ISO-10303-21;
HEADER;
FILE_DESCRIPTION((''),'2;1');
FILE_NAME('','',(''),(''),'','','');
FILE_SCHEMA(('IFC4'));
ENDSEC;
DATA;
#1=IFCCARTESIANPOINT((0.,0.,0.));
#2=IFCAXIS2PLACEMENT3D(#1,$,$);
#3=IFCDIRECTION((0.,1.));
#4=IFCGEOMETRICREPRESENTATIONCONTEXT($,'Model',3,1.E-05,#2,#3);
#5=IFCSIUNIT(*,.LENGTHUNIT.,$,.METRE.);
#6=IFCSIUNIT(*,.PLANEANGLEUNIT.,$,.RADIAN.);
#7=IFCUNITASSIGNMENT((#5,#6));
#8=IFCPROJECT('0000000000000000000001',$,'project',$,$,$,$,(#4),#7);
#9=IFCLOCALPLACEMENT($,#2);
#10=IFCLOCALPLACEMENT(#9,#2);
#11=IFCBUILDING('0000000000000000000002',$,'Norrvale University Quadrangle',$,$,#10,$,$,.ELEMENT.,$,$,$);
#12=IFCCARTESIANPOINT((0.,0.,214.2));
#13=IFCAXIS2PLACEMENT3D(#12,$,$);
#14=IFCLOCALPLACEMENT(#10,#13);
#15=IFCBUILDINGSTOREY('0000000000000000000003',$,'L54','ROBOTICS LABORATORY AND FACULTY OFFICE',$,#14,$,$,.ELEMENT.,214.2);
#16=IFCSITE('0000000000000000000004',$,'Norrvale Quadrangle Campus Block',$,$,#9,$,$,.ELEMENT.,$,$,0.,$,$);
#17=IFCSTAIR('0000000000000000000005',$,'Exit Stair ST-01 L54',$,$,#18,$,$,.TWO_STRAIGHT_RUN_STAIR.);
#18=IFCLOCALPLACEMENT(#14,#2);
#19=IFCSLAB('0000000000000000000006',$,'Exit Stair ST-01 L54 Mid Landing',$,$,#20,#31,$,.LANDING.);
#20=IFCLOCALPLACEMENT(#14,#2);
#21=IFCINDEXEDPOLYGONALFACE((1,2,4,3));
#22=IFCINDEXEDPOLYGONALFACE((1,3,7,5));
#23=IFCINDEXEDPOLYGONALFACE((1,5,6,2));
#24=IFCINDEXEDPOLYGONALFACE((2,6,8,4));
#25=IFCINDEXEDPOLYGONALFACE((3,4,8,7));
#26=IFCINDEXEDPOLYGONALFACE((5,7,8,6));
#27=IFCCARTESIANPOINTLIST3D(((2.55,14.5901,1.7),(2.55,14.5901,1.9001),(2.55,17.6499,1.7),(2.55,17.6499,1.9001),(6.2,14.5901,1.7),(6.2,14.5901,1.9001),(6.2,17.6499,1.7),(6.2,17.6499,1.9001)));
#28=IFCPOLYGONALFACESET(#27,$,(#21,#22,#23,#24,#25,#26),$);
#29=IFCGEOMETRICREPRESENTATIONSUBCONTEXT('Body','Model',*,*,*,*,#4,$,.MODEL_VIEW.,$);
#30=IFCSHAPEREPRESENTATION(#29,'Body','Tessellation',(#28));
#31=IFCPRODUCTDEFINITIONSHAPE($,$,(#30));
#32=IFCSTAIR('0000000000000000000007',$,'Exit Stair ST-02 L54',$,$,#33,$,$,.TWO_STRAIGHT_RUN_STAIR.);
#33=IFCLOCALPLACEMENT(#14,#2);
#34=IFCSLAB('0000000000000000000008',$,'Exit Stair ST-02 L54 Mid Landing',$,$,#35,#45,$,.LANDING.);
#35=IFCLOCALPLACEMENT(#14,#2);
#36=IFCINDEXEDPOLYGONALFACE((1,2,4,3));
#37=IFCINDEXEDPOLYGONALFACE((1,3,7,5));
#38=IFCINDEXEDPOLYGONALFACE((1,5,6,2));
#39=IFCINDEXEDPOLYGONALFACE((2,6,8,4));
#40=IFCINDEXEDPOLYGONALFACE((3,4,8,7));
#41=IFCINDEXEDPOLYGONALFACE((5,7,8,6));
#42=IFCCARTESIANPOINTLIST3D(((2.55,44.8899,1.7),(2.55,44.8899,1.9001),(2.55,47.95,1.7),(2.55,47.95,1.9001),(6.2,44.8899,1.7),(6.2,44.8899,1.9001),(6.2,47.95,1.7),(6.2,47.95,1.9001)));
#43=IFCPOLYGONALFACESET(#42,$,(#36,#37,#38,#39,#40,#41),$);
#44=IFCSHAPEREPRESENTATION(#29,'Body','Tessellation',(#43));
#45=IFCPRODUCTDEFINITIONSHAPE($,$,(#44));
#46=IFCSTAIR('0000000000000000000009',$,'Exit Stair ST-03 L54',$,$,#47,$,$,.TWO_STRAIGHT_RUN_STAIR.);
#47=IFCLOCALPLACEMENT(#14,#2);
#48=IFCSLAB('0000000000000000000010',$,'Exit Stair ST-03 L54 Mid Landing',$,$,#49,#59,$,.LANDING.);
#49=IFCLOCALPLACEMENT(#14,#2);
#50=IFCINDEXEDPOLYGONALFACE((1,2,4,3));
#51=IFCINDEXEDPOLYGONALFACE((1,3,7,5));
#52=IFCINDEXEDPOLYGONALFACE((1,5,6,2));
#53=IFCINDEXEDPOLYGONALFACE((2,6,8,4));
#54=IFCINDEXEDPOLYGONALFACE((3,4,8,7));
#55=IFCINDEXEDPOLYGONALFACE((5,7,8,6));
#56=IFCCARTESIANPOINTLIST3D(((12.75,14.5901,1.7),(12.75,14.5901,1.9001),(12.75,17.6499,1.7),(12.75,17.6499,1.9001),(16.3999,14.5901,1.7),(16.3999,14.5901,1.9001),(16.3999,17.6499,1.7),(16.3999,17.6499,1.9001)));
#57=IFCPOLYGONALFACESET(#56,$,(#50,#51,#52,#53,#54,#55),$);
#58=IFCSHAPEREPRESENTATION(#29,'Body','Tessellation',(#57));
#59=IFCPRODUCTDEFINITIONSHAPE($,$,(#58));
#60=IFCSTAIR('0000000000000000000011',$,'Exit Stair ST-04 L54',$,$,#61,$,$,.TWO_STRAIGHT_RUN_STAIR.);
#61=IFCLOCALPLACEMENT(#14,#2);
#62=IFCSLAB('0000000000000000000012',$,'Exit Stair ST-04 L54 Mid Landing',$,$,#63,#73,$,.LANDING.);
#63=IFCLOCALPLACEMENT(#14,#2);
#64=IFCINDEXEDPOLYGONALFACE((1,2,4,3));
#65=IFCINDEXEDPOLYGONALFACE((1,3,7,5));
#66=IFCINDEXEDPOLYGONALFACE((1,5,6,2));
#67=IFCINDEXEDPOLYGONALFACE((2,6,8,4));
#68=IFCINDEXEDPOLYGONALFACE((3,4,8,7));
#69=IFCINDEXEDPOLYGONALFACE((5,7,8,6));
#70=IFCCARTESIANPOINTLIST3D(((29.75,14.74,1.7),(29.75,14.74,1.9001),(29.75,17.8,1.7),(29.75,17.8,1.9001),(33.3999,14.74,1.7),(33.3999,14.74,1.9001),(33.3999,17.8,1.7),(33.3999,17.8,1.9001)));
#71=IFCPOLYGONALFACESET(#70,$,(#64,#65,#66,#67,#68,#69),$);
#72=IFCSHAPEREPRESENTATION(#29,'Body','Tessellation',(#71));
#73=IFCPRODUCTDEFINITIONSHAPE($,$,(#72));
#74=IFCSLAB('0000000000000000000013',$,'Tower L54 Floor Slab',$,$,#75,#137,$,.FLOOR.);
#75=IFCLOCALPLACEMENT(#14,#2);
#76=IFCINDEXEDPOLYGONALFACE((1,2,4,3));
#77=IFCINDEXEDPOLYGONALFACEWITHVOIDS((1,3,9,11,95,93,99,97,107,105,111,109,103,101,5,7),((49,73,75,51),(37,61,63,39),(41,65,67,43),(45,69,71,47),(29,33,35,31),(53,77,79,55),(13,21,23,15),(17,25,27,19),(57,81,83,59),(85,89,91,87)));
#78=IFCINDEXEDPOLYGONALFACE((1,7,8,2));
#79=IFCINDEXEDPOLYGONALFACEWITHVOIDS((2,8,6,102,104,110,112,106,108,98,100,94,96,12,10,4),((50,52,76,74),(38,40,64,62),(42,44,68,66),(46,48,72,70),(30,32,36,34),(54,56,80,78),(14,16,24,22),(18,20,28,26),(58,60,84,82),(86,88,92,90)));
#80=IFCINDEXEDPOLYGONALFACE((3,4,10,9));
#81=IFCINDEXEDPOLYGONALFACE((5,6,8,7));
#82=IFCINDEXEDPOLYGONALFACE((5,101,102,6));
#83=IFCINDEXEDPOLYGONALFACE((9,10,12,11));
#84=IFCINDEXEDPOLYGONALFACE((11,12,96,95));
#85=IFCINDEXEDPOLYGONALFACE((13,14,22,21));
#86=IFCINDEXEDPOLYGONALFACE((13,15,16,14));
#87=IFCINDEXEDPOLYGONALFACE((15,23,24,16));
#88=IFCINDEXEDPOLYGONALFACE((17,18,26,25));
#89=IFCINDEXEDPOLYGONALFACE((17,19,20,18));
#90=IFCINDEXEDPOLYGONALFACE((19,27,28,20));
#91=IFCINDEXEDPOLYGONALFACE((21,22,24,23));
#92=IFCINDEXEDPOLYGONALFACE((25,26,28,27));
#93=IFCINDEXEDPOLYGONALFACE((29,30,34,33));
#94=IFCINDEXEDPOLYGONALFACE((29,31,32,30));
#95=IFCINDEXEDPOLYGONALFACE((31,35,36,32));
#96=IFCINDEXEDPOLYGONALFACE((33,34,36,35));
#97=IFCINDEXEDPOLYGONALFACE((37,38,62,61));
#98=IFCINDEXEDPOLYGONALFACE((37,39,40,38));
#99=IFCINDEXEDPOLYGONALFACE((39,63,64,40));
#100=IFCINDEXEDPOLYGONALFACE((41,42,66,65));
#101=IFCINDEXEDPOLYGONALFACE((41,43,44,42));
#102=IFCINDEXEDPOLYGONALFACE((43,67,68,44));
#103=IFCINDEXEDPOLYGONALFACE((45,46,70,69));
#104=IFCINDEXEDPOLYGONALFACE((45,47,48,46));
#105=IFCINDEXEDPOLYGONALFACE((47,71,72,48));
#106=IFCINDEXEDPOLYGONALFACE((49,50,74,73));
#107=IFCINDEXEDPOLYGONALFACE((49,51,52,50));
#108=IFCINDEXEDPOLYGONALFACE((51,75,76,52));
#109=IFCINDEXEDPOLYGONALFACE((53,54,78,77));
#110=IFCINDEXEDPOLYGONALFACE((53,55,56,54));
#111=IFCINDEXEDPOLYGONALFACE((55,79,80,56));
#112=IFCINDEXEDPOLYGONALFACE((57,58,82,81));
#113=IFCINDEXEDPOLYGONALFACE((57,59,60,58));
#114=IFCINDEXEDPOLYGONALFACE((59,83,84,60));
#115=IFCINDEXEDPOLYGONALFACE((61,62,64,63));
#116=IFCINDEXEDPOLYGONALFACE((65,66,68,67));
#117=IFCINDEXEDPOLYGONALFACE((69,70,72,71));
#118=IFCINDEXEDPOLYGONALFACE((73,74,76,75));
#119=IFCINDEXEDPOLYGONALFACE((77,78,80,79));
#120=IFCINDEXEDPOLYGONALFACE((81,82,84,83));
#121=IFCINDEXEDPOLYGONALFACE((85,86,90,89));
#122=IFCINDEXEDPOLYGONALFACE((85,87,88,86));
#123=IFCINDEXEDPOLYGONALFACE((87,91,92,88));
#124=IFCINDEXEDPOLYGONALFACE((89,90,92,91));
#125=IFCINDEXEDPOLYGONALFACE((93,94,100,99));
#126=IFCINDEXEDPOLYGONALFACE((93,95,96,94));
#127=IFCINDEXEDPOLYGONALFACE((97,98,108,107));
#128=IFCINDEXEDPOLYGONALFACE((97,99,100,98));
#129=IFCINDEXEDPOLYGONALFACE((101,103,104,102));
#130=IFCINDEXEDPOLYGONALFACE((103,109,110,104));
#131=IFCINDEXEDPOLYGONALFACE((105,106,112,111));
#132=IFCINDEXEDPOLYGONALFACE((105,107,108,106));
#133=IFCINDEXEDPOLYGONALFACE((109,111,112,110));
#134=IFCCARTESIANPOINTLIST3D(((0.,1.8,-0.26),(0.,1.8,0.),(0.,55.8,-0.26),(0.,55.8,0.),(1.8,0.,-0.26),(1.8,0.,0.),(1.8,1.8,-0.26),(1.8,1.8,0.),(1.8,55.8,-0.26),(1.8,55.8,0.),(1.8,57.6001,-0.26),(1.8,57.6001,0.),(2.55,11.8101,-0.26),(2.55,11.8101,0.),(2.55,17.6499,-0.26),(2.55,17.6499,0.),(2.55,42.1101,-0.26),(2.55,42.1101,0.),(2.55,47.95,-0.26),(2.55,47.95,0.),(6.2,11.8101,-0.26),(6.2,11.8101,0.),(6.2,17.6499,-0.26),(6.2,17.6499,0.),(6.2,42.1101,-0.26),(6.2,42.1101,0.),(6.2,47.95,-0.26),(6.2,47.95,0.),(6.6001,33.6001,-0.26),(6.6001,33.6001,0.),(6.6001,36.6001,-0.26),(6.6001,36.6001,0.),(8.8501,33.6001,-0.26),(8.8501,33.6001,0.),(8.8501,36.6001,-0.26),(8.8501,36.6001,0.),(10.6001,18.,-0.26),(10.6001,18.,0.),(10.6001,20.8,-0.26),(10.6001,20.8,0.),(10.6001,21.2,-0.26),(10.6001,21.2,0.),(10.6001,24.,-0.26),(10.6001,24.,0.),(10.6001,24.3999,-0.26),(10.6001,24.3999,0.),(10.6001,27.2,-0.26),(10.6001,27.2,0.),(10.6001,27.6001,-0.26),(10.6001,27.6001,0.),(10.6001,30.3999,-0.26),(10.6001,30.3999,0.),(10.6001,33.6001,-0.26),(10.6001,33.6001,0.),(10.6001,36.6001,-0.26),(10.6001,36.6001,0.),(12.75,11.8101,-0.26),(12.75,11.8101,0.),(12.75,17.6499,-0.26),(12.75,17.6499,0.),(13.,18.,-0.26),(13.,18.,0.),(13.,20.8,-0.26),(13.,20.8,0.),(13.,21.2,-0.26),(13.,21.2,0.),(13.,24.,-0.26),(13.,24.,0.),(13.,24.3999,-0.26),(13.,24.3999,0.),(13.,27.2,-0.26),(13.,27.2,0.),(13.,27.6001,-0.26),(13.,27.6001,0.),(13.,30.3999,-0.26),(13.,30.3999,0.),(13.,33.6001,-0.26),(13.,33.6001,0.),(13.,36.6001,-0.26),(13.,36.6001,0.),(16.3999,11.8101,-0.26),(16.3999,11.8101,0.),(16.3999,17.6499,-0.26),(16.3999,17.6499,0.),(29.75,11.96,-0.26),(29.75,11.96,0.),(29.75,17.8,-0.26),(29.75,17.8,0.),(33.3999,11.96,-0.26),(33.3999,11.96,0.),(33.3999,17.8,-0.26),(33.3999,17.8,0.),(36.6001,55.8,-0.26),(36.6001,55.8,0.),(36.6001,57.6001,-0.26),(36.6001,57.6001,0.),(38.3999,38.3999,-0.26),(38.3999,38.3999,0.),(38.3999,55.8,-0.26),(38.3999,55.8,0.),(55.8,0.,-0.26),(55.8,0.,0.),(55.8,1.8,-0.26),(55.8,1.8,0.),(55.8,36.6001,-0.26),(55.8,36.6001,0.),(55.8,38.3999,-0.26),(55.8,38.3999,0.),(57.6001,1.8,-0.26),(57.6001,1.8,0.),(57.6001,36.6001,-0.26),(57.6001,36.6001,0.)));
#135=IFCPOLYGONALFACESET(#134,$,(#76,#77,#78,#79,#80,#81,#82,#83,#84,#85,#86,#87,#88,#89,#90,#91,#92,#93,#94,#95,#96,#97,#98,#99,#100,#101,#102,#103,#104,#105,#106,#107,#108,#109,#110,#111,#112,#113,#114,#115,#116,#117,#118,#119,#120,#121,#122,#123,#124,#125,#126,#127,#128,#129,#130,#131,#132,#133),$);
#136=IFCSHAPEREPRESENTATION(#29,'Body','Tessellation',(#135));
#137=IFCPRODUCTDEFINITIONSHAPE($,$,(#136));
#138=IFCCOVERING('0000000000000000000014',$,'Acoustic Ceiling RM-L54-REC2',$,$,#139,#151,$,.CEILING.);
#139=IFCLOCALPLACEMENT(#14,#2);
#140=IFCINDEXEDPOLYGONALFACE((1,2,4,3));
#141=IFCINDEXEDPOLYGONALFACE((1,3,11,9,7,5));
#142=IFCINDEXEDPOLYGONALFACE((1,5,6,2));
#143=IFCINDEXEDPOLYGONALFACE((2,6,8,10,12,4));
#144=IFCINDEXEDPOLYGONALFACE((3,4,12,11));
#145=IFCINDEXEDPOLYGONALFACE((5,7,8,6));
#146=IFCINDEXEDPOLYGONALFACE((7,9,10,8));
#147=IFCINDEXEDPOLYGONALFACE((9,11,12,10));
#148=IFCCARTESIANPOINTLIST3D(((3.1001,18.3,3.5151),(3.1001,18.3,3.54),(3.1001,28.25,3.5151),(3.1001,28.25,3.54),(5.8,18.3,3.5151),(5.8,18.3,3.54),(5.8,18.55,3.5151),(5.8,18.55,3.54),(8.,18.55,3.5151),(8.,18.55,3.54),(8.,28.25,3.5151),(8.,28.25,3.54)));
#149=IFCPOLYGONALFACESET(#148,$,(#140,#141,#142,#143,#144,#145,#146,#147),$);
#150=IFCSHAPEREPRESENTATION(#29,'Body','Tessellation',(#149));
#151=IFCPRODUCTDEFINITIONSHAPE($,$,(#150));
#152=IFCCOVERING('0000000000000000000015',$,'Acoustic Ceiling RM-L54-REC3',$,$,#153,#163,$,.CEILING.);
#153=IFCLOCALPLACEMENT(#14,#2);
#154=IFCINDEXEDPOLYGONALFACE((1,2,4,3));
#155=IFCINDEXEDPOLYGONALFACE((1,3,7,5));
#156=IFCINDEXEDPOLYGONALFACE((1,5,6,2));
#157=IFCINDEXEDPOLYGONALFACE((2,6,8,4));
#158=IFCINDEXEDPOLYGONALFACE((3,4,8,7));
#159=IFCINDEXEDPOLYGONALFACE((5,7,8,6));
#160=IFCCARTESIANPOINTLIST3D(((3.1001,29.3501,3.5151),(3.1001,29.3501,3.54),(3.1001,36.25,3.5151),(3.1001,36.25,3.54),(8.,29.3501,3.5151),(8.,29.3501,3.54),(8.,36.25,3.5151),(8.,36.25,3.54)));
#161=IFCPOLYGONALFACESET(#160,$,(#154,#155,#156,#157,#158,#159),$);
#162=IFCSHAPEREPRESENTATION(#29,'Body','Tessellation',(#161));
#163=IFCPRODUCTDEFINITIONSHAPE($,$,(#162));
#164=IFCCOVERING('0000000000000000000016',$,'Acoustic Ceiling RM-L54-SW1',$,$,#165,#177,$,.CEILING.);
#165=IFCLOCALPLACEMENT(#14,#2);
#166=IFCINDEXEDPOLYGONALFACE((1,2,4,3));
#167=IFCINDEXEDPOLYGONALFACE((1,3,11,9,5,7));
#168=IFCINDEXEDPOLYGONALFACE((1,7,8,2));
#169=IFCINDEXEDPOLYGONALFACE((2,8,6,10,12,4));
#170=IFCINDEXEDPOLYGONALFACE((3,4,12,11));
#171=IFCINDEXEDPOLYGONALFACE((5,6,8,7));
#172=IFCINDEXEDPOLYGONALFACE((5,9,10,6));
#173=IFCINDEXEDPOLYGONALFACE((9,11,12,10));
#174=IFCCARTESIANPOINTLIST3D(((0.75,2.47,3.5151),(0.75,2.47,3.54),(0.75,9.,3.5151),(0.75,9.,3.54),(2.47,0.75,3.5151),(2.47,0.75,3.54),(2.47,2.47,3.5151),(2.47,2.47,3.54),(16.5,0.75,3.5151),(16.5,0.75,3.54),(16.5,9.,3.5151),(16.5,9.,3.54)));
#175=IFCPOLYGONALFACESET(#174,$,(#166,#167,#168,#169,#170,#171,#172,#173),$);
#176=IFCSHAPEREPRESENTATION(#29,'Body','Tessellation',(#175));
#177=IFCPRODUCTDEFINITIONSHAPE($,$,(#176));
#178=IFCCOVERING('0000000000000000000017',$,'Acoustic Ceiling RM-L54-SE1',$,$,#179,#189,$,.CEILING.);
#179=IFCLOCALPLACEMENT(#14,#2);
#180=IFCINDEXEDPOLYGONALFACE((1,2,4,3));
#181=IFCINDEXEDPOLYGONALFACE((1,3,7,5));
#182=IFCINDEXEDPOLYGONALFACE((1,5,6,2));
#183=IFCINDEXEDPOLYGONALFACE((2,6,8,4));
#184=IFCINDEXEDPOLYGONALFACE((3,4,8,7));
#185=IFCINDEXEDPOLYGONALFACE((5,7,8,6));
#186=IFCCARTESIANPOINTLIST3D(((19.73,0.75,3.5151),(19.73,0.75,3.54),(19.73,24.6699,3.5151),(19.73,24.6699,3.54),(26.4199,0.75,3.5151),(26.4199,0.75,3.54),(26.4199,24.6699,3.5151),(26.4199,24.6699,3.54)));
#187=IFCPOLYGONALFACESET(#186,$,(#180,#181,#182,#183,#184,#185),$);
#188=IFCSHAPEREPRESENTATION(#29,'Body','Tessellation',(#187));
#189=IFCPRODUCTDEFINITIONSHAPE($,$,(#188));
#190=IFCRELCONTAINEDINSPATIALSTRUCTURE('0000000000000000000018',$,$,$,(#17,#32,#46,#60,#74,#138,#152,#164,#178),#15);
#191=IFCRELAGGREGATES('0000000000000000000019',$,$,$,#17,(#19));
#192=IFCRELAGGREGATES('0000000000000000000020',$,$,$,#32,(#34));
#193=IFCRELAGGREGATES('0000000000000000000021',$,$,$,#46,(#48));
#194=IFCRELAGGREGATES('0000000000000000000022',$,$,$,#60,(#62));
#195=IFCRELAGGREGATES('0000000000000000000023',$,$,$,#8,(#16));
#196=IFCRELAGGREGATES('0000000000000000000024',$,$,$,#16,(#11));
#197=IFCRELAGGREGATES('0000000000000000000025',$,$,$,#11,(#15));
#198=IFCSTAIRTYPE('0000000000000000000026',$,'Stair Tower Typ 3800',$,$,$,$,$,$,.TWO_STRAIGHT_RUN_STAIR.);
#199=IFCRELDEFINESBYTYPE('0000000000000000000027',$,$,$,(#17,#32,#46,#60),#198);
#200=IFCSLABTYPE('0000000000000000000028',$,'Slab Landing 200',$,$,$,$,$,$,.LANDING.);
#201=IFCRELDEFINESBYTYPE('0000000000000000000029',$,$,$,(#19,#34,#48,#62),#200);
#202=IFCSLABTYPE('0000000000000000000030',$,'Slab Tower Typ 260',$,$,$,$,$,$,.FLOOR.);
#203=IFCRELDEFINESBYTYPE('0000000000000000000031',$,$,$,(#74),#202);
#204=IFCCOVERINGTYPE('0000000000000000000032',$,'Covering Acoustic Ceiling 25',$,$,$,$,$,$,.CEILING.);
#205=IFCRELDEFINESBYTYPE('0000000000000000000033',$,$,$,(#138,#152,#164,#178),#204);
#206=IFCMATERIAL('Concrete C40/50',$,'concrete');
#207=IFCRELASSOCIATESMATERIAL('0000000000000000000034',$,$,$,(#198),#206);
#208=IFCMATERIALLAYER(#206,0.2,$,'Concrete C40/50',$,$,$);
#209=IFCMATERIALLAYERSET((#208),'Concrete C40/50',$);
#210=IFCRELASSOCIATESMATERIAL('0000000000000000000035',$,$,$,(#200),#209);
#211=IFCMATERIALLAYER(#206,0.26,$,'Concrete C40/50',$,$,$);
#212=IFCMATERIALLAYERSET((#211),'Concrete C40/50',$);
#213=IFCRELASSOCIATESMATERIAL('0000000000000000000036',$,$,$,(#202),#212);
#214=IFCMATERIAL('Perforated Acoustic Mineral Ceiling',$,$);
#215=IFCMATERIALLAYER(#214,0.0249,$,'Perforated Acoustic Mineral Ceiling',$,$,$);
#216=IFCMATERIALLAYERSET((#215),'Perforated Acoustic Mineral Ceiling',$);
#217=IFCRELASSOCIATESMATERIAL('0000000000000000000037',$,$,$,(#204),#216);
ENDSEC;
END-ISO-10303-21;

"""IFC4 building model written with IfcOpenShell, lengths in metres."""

from ifc_helpers import new_model, si_unit, direction, frame, origin, place, context, subcontext, project, spatial, polyline, outline, extrude, material, layer, layer_set, type_object, element, aggregate, save


model = new_model("IFC4")

# Units and contexts
model_context = context("Model", 3, precision=1e-05, world=origin(), true_north=direction((0.0, 1.0)))
body_context = subcontext(model_context, "Body", "Model", "MODEL_VIEW")
ifc_project = project(units=[si_unit("LENGTHUNIT", "METRE"), si_unit("PLANEANGLEUNIT", "RADIAN")], contexts=[model_context])

# Site, building, storey
site_placement = place(None, origin())
site = spatial("IfcSite", under=ifc_project, at=site_placement, Name="Norrvale Quadrangle Campus Block", CompositionType="ELEMENT", RefElevation=0.0)
building_placement = place(site_placement, origin())
building = spatial("IfcBuilding", under=site, at=building_placement, Name="Norrvale University Quadrangle", CompositionType="ELEMENT")
storey_placement = place(building_placement, frame((0.0, 0.0, 214.2)))
storey = spatial("IfcBuildingStorey", under=building, at=storey_placement, Name="L54", Description="ROBOTICS LABORATORY AND FACULTY OFFICE", CompositionType="ELEMENT", Elevation=214.2)

# Stairs, slabs
ifc_material_1 = material(Name="Concrete C40/50", Category="concrete")
stair_type = type_object("IfcStairType", Name="Stair Tower Typ 3800", PredefinedType="TWO_STRAIGHT_RUN_STAIR", material=ifc_material_1)
stair_1_placement = place(storey_placement, origin())
stair_1 = element("IfcStair", 1, at=stair_1_placement, inside=storey, type_object=stair_type, Name="Exit Stair ST-01 L54", PredefinedType="TWO_STRAIGHT_RUN_STAIR")
ifc_layer_1 = layer(ifc_material_1, 0.2, Name="Concrete C40/50")
ifc_layer_set_1 = layer_set([ifc_layer_1], Name="Concrete C40/50")
slab_type_1 = type_object("IfcSlabType", Name="Slab Landing 200", PredefinedType="LANDING", material=ifc_layer_set_1)
slab_1_placement = place(storey_placement, frame((0.0, 0.0, 1.7)))
slab_1 = element("IfcSlab", 2, at=slab_1_placement, type_object=slab_type_1, Name="Exit Stair ST-01 L54 Mid Landing", PredefinedType="LANDING", context=body_context, shape_type="SweptSolid", body=[
    extrude(outline(polyline([(2.55, 14.5901), (6.2, 14.5901), (6.2, 17.6499), (2.55, 17.6499), (2.55, 14.5901)])), origin(), (0.0, 0.0, 1.0), 0.2002),
])
aggregate(stair_1, [slab_1])
stair_2_placement = place(storey_placement, origin())
stair_2 = element("IfcStair", 3, at=stair_2_placement, inside=storey, type_object=stair_type, Name="Exit Stair ST-02 L54", PredefinedType="TWO_STRAIGHT_RUN_STAIR")
slab_2_placement = place(storey_placement, frame((0.0, 0.0, 1.7)))
slab_2 = element("IfcSlab", 4, at=slab_2_placement, type_object=slab_type_1, Name="Exit Stair ST-02 L54 Mid Landing", PredefinedType="LANDING", context=body_context, shape_type="SweptSolid", body=[
    extrude(outline(polyline([(2.55, 44.8899), (6.2, 44.8899), (6.2, 47.95), (2.55, 47.95), (2.55, 44.8899)])), origin(), (0.0, 0.0, 1.0), 0.2002),
])
aggregate(stair_2, [slab_2])
stair_3_placement = place(storey_placement, origin())
stair_3 = element("IfcStair", 5, at=stair_3_placement, inside=storey, type_object=stair_type, Name="Exit Stair ST-03 L54", PredefinedType="TWO_STRAIGHT_RUN_STAIR")
slab_3_placement = place(storey_placement, frame((0.0, 0.0, 1.7)))
slab_3 = element("IfcSlab", 6, at=slab_3_placement, type_object=slab_type_1, Name="Exit Stair ST-03 L54 Mid Landing", PredefinedType="LANDING", context=body_context, shape_type="SweptSolid", body=[
    extrude(outline(polyline([(12.75, 14.5901), (16.3999, 14.5901), (16.3999, 17.6499), (12.75, 17.6499), (12.75, 14.5901)])), origin(), (0.0, 0.0, 1.0), 0.2002),
])
aggregate(stair_3, [slab_3])
stair_4_placement = place(storey_placement, origin())
stair_4 = element("IfcStair", 7, at=stair_4_placement, inside=storey, type_object=stair_type, Name="Exit Stair ST-04 L54", PredefinedType="TWO_STRAIGHT_RUN_STAIR")
slab_4_placement = place(storey_placement, frame((0.0, 0.0, 1.7)))
slab_4 = element("IfcSlab", 8, at=slab_4_placement, type_object=slab_type_1, Name="Exit Stair ST-04 L54 Mid Landing", PredefinedType="LANDING", context=body_context, shape_type="SweptSolid", body=[
    extrude(outline(polyline([(29.75, 14.74), (33.3999, 14.74), (33.3999, 17.8), (29.75, 17.8), (29.75, 14.74)])), origin(), (0.0, 0.0, 1.0), 0.2002),
])
aggregate(stair_4, [slab_4])

# Slab
ifc_layer_2 = layer(ifc_material_1, 0.26, Name="Concrete C40/50")
ifc_layer_set_2 = layer_set([ifc_layer_2], Name="Concrete C40/50")
slab_type_2 = type_object("IfcSlabType", Name="Slab Tower Typ 260", PredefinedType="FLOOR", material=ifc_layer_set_2)
slab_5_placement = place(storey_placement, frame((0.0, 0.0, -0.26)))
element("IfcSlab", 9, at=slab_5_placement, inside=storey, type_object=slab_type_2, Name="Tower L54 Floor Slab", PredefinedType="FLOOR", context=body_context, shape_type="SweptSolid", body=[
    extrude(outline(polyline([(1.8, 0.0), (55.8, 0.0), (55.8, 1.8), (57.6001, 1.8), (57.6001, 36.6001), (55.8, 36.6001), (55.8, 38.3999), (38.3999, 38.3999), (38.3999, 55.8), (36.6001, 55.8), (36.6001, 57.6001), (1.8, 57.6001), (1.8, 55.8), (0.0, 55.8), (0.0, 1.8), (1.8, 1.8), (1.8, 0.0)]), holes=[polyline([(2.55, 11.8101), (6.2, 11.8101), (6.2, 17.6499), (2.55, 17.6499), (2.55, 11.8101)]), polyline([(2.55, 42.1101), (6.2, 42.1101), (6.2, 47.95), (2.55, 47.95), (2.55, 42.1101)]), polyline([(12.75, 11.8101), (16.3999, 11.8101), (16.3999, 17.6499), (12.75, 17.6499), (12.75, 11.8101)]), polyline([(29.75, 11.96), (33.3999, 11.96), (33.3999, 17.8), (29.75, 17.8), (29.75, 11.96)]), polyline([(10.6001, 18.0), (13.0, 18.0), (13.0, 20.8), (10.6001, 20.8), (10.6001, 18.0)]), polyline([(10.6001, 21.2), (13.0, 21.2), (13.0, 24.0), (10.6001, 24.0), (10.6001, 21.2)]), polyline([(10.6001, 24.3999), (13.0, 24.3999), (13.0, 27.2), (10.6001, 27.2), (10.6001, 24.3999)]), polyline([(10.6001, 27.6001), (13.0, 27.6001), (13.0, 30.3999), (10.6001, 30.3999), (10.6001, 27.6001)]), polyline([(6.6001, 33.6001), (8.8501, 33.6001), (8.8501, 36.6001), (6.6001, 36.6001), (6.6001, 33.6001)]), polyline([(10.6001, 33.6001), (13.0, 33.6001), (13.0, 36.6001), (10.6001, 36.6001), (10.6001, 33.6001)])]), origin(), (0.0, 0.0, 1.0), 0.26),
])

# Coverings
ifc_material_2 = material(Name="Perforated Acoustic Mineral Ceiling")
ifc_layer_3 = layer(ifc_material_2, 0.0249, Name="Perforated Acoustic Mineral Ceiling")
ifc_layer_set_3 = layer_set([ifc_layer_3], Name="Perforated Acoustic Mineral Ceiling")
covering_type_1 = type_object("IfcCoveringType", Name="Covering Acoustic Ceiling 25", PredefinedType="CEILING", material=ifc_layer_set_3)
covering_1_placement = place(storey_placement, frame((0.0, 0.0, 3.5151)))
element("IfcCovering", 10, at=covering_1_placement, inside=storey, type_object=covering_type_1, Name="Acoustic Ceiling RM-L54-REC2", PredefinedType="CEILING", context=body_context, shape_type="SweptSolid", body=[
    extrude(outline(polyline([(3.1001, 18.3), (3.1001, 28.25), (8.0, 28.25), (8.0, 18.55), (5.8, 18.55), (5.8, 18.3), (3.1001, 18.3)])), origin(), (0.0, 0.0, 1.0), 0.0249),
])
covering_2_placement = place(storey_placement, frame((0.0, 0.0, 3.5151)))
element("IfcCovering", 11, at=covering_2_placement, inside=storey, type_object=covering_type_1, Name="Acoustic Ceiling RM-L54-REC3", PredefinedType="CEILING", context=body_context, shape_type="SweptSolid", body=[
    extrude(outline(polyline([(3.1001, 29.3501), (3.1001, 36.25), (8.0, 36.25), (8.0, 29.3501), (3.1001, 29.3501)])), origin(), (0.0, 0.0, 1.0), 0.0249),
])
covering_3_placement = place(storey_placement, frame((0.0, 0.0, 3.5151)))
element("IfcCovering", 12, at=covering_3_placement, inside=storey, type_object=covering_type_1, Name="Acoustic Ceiling RM-L54-SW1", PredefinedType="CEILING", context=body_context, shape_type="SweptSolid", body=[
    extrude(outline(polyline([(0.75, 9.0), (16.5, 9.0), (16.5, 0.75), (2.47, 0.75), (2.47, 2.47), (0.75, 2.47), (0.75, 9.0)])), origin(), (0.0, 0.0, 1.0), 0.0249),
])
covering_4_placement = place(storey_placement, frame((0.0, 0.0, 3.5151)))
element("IfcCovering", 13, at=covering_4_placement, inside=storey, type_object=covering_type_1, Name="Acoustic Ceiling RM-L54-SE1", PredefinedType="CEILING", context=body_context, shape_type="SweptSolid", body=[
    extrude(outline(polyline([(19.73, 24.6699), (26.4199, 24.6699), (26.4199, 0.75), (19.73, 0.75), (19.73, 24.6699)])), origin(), (0.0, 0.0, 1.0), 0.0249),
])

save(model, "model.ifc")
